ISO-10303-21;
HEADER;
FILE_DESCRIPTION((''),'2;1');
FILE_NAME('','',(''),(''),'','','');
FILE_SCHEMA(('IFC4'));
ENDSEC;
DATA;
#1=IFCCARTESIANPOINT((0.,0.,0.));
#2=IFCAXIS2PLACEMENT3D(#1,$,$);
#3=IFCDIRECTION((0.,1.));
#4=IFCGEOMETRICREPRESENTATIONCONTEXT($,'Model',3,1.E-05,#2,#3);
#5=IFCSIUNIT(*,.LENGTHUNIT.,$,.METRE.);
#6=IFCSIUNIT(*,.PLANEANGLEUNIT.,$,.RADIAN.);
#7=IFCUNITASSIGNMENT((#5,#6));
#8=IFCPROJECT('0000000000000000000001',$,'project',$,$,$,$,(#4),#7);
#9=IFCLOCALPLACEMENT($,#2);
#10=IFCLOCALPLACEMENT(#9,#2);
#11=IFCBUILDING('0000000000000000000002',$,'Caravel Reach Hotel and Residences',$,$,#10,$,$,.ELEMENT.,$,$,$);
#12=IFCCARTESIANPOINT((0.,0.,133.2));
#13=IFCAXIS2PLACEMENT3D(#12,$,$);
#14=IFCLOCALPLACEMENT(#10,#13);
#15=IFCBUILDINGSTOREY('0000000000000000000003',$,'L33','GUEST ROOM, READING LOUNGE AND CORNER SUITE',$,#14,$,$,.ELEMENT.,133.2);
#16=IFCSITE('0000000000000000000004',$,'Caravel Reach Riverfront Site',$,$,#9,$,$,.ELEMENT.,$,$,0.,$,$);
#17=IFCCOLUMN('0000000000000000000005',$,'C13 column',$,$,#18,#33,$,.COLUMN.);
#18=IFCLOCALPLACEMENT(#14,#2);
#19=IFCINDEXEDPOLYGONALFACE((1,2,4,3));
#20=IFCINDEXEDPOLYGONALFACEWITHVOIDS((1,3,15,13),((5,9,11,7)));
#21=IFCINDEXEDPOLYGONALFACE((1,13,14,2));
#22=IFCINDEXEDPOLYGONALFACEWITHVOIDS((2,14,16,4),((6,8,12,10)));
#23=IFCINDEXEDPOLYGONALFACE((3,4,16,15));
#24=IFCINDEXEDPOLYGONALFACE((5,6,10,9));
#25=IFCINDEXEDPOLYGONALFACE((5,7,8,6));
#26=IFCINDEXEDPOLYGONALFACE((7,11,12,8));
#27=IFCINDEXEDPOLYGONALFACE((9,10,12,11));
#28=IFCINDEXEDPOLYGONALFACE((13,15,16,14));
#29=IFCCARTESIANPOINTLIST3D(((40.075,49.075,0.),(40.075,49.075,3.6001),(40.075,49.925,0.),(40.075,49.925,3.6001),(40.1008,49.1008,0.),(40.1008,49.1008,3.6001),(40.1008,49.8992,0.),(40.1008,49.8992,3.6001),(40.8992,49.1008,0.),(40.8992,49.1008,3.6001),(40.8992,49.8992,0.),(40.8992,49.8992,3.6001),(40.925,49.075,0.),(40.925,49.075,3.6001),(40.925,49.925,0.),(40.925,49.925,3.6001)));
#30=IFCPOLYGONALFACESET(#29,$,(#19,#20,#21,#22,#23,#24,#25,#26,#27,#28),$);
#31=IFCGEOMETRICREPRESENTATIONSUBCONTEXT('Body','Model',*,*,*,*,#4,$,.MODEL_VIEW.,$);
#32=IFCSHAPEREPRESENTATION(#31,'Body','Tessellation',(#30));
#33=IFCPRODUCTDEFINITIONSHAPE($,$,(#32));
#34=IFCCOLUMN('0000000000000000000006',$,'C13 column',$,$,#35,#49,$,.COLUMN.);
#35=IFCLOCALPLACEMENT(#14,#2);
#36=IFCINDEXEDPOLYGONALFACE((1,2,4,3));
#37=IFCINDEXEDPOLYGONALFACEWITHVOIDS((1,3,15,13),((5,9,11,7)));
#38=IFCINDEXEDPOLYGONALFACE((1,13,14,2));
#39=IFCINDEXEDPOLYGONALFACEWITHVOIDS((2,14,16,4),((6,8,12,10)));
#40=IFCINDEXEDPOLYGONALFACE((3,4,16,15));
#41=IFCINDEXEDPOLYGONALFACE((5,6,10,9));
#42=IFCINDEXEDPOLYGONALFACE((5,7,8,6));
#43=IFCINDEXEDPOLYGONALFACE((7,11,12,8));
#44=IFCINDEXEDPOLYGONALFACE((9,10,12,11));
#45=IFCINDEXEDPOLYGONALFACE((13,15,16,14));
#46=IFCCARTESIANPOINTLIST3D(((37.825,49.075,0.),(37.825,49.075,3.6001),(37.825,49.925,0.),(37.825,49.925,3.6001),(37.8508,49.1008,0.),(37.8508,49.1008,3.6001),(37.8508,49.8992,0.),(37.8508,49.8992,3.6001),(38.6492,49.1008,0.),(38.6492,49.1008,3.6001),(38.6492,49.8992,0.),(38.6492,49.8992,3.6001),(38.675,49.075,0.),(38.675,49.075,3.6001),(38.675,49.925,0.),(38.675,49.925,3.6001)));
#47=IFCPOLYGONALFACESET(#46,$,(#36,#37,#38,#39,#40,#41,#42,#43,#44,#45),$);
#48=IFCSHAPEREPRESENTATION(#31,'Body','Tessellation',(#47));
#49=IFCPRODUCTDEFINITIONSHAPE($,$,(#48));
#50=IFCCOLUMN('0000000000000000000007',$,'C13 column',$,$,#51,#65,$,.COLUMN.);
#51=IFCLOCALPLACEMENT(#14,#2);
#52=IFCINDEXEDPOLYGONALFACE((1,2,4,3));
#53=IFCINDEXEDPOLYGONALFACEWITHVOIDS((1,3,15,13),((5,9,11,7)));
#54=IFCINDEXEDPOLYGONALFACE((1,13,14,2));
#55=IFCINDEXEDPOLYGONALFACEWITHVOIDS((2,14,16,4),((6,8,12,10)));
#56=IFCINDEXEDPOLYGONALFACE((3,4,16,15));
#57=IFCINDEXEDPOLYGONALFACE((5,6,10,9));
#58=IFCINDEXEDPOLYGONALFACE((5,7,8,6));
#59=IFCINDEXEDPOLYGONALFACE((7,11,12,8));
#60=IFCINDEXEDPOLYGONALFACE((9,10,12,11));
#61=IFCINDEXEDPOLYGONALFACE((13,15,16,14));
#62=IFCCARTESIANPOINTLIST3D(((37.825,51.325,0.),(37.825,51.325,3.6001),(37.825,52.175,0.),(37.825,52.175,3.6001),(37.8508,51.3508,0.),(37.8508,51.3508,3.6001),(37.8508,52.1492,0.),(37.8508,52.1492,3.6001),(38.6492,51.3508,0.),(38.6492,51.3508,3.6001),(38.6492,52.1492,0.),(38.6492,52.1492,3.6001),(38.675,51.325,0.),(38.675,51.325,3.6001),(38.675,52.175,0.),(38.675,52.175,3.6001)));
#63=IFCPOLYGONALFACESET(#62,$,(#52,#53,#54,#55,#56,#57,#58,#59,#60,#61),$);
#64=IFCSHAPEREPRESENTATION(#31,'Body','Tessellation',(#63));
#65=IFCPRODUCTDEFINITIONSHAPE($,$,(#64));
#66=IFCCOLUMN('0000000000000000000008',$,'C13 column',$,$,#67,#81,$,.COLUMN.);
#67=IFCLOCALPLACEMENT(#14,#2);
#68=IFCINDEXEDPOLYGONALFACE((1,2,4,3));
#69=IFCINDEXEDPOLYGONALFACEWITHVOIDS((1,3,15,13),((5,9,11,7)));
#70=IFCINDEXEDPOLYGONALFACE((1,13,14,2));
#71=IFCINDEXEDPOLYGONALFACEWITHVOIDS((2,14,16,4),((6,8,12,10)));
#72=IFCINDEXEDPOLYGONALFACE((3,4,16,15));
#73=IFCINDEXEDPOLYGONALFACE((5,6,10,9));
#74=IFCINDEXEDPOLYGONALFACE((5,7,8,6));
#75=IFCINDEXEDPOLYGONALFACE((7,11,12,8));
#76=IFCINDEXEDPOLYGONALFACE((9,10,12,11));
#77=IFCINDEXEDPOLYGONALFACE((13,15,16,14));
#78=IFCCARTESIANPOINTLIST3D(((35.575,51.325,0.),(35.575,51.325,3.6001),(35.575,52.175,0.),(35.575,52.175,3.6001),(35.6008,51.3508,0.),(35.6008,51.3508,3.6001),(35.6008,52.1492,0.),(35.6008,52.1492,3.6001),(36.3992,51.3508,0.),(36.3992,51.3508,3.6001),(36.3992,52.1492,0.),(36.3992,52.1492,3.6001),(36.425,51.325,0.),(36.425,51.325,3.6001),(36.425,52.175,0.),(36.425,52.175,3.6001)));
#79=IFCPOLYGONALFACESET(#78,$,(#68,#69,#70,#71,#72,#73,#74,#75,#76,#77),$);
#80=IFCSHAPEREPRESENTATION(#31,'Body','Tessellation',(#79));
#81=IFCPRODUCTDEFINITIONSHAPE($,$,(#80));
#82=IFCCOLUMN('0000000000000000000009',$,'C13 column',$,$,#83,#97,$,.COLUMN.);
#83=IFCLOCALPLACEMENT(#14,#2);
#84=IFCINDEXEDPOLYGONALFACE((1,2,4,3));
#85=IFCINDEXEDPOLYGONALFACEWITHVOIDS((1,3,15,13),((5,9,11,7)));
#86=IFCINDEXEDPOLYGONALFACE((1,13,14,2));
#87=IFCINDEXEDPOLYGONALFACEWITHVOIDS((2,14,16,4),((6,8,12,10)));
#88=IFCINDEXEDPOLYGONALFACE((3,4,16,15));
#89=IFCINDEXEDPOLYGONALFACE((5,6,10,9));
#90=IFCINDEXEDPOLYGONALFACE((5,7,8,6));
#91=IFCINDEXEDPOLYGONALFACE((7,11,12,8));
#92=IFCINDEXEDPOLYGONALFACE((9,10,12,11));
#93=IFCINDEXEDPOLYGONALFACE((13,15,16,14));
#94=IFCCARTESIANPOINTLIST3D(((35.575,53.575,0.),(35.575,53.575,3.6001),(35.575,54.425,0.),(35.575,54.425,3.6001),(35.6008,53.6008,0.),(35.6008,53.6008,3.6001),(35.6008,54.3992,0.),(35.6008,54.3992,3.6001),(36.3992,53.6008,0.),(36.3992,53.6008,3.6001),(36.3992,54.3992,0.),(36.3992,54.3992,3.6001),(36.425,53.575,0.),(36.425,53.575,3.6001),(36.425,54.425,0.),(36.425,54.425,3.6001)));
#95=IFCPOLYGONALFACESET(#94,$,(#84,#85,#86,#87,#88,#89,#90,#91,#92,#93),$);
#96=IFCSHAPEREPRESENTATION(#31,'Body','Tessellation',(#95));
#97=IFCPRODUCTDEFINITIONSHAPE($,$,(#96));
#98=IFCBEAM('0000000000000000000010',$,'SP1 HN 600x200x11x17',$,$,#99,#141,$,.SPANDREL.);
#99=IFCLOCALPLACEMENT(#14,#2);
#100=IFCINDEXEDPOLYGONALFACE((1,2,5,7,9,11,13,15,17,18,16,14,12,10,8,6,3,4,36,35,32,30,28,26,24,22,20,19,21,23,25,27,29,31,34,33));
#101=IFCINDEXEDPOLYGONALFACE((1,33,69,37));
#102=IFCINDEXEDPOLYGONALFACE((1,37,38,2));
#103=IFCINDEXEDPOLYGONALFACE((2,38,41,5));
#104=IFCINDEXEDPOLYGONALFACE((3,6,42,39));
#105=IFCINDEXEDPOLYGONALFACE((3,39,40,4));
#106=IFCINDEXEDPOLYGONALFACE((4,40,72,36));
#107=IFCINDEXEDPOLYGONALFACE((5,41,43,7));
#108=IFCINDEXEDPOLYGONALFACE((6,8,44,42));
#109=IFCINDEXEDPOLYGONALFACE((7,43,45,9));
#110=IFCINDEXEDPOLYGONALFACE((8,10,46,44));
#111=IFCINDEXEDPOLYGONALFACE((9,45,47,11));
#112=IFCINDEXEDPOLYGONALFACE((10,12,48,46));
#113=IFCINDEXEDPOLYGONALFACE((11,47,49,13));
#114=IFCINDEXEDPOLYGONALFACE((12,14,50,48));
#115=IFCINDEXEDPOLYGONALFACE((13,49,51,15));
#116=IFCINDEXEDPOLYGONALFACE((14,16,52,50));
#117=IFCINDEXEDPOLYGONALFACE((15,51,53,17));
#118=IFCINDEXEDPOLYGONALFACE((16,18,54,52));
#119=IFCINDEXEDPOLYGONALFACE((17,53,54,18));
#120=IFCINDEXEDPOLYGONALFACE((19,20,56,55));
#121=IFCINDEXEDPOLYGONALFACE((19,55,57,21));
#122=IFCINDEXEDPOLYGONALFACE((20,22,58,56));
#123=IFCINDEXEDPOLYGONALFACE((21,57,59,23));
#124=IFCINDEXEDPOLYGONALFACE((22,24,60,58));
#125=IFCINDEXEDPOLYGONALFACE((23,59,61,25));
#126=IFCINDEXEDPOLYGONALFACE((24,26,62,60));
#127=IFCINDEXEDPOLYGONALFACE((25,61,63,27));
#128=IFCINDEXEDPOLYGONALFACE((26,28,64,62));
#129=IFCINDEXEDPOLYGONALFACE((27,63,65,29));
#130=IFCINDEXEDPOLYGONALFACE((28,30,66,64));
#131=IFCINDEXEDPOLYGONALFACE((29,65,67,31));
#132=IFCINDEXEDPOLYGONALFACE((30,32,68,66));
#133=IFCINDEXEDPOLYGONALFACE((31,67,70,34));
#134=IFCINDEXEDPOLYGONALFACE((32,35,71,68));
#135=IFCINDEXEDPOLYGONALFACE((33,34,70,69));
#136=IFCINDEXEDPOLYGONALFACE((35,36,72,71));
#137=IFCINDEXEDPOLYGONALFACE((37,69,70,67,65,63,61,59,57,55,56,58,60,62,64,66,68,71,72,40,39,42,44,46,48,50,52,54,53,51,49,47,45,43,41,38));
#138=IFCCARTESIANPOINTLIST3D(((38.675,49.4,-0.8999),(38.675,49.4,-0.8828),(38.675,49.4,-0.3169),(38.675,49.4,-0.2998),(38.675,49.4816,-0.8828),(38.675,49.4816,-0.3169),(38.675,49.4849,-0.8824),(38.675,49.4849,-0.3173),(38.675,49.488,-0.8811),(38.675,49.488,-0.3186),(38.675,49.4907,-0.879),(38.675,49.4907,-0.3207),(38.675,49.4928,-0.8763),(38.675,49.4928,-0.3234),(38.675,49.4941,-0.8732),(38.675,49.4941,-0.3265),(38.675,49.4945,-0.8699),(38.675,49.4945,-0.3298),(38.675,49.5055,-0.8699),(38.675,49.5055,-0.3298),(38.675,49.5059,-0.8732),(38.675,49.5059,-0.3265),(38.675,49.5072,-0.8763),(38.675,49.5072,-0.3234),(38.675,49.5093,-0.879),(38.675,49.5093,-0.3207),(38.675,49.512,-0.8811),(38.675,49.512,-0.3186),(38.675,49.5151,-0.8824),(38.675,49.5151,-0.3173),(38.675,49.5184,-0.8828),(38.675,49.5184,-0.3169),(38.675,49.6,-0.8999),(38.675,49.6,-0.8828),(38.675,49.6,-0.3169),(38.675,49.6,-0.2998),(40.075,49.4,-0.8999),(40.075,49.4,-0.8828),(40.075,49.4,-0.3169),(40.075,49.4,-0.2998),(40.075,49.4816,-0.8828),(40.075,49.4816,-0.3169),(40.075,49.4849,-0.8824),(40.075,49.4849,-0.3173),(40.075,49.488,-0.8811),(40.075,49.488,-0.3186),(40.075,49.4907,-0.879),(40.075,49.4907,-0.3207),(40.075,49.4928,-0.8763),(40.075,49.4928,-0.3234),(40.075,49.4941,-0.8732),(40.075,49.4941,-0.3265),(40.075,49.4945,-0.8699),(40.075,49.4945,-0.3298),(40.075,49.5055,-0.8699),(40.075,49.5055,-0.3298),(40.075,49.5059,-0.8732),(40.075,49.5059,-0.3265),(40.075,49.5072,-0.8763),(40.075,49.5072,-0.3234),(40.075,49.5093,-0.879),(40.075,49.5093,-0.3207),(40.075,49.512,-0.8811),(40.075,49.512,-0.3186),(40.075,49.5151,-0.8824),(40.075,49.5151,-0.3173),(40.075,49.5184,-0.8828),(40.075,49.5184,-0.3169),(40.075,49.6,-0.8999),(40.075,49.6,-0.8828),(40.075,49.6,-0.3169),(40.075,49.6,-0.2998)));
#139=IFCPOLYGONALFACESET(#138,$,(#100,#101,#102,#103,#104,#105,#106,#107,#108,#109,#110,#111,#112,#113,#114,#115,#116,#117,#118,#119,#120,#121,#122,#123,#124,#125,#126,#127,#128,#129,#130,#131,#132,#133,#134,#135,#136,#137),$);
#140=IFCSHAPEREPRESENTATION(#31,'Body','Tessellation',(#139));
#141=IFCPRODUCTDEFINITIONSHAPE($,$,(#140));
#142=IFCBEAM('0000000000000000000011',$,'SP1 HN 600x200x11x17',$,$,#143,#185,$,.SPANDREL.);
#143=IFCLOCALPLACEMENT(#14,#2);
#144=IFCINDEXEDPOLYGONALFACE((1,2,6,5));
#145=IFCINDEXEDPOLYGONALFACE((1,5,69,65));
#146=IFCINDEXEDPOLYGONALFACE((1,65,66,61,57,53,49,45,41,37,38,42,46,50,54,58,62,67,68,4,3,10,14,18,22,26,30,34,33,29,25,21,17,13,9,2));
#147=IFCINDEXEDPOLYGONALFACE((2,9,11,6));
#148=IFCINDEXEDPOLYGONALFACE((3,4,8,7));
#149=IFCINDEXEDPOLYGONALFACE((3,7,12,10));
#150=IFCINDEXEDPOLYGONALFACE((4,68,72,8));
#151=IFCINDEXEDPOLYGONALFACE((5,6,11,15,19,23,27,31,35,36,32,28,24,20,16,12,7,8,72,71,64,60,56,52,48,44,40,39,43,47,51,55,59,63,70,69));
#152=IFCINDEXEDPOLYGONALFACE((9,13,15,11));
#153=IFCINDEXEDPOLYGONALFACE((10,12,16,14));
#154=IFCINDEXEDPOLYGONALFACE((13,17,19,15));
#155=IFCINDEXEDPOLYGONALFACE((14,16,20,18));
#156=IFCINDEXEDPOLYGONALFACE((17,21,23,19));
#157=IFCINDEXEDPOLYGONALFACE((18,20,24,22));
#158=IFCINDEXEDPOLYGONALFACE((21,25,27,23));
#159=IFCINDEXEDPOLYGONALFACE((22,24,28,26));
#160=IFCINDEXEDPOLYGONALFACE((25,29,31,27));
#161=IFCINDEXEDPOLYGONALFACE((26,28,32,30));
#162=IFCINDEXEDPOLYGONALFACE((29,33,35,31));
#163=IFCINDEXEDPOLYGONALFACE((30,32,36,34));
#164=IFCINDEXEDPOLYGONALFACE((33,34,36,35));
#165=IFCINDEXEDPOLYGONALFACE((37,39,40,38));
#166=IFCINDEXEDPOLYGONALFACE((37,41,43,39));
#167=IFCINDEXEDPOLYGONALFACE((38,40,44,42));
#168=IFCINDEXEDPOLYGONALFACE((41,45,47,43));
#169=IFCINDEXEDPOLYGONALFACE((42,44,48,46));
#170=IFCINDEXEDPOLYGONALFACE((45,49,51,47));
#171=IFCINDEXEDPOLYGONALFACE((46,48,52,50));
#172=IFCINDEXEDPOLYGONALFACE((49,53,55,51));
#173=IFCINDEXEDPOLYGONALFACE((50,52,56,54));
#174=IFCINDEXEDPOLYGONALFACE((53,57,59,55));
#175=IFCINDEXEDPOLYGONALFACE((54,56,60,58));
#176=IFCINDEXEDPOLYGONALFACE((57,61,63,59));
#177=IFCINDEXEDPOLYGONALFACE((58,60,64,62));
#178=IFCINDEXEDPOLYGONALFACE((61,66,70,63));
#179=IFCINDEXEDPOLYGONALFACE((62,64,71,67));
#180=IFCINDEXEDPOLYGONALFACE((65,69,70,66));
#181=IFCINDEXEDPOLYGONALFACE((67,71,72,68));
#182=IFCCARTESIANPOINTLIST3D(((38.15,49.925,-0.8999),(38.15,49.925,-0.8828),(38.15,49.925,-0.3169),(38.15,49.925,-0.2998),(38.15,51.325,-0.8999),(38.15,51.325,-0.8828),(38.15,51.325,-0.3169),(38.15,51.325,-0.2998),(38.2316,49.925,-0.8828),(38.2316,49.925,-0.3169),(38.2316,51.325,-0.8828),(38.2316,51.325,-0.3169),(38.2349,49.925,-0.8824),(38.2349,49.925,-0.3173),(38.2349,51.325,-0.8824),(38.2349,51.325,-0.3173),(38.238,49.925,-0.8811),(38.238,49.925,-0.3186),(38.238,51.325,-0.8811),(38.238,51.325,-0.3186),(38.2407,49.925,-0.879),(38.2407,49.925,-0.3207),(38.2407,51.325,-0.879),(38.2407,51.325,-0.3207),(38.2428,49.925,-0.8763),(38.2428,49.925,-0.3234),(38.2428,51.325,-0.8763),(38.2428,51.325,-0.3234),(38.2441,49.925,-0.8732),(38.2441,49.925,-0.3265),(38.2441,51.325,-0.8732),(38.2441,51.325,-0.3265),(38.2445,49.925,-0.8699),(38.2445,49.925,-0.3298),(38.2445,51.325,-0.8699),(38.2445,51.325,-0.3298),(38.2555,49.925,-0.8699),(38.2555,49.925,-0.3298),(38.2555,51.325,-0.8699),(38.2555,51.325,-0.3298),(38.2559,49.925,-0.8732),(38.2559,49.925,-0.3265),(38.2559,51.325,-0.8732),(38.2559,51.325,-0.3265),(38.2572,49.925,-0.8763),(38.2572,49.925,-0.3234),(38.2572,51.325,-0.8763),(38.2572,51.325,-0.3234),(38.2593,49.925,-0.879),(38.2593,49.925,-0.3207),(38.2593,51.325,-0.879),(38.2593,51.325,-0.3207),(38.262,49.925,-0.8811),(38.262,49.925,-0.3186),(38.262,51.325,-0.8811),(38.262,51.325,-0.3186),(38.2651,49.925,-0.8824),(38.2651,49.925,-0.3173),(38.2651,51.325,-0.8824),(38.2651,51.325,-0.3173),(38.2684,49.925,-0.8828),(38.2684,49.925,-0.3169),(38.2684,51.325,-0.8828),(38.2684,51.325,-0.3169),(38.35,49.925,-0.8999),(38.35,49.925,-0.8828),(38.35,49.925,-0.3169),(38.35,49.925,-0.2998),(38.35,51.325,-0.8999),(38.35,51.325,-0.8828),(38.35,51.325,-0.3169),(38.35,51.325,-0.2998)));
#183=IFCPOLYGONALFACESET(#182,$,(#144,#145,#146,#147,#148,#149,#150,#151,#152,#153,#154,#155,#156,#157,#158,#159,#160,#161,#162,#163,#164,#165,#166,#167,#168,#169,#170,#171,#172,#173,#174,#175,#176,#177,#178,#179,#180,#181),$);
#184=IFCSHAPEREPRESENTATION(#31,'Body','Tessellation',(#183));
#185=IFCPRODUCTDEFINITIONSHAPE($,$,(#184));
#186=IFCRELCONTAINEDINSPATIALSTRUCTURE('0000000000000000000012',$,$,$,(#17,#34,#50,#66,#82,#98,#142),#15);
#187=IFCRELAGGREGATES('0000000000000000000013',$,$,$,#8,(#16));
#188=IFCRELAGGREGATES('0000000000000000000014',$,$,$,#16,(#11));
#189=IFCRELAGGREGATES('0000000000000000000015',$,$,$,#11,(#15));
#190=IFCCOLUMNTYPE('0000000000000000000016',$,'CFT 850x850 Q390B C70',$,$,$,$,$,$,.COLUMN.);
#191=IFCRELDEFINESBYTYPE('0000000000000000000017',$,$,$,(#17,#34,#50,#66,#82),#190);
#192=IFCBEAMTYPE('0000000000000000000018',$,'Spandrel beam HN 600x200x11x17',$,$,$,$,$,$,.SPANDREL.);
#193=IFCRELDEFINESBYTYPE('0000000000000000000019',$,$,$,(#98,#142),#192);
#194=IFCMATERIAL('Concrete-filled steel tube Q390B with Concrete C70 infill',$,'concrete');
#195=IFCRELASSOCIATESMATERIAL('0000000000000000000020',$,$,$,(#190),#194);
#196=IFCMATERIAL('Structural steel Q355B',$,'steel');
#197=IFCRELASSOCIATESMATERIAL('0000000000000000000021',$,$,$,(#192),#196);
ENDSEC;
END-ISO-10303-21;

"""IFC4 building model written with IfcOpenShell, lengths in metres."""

from ifc_helpers import new_model, si_unit, direction, frame, origin, origin_2d, place, context, subcontext, project, spatial, hollow_rectangle, i_section, extrude, material, material_profile, profile_set, type_object, element, save


model = new_model("IFC4")

# Units and contexts
model_context = context("Model", 3, precision=1e-05, world=origin(), true_north=direction((0.0, 1.0)))
body_context = subcontext(model_context, "Body", "Model", "MODEL_VIEW")
ifc_project = project(units=[si_unit("LENGTHUNIT", "METRE"), si_unit("PLANEANGLEUNIT", "RADIAN")], contexts=[model_context])

# Site, building, storey
site_placement = place(None, origin())
site = spatial("IfcSite", under=ifc_project, at=site_placement, Name="Caravel Reach Riverfront Site", CompositionType="ELEMENT", RefElevation=0.0)
building_placement = place(site_placement, origin())
building = spatial("IfcBuilding", under=site, at=building_placement, Name="Caravel Reach Hotel and Residences", CompositionType="ELEMENT")
storey_placement = place(building_placement, frame((0.0, 0.0, 133.2)))
storey = spatial("IfcBuildingStorey", under=building, at=storey_placement, Name="L33", Description="GUEST ROOM, READING LOUNGE AND CORNER SUITE", CompositionType="ELEMENT", Elevation=133.2)

# Columns
ifc_material_1 = material(Name="Concrete-filled steel tube Q390B with Concrete C70 infill", Category="concrete")
ifc_material_profile_1 = material_profile(ifc_material_1, hollow_rectangle(XDim=0.8501, YDim=0.8501, WallThickness=0.0259, at=origin_2d()), Name="RHS 850x850x26")
ifc_profile_set_1 = profile_set([ifc_material_profile_1], Name="Concrete-filled steel tube Q390B with Concrete C70 infill")
column_type = type_object("IfcColumnType", Name="CFT 850x850 Q390B C70", PredefinedType="COLUMN", material=ifc_profile_set_1)
for number, where, z_axis, x_axis, name in (
    (1, (40.5, 49.5, 0.0), (0.0, 0.0, 1.0), (1.0, 0.0, 0.0), "C13 column"),
    (2, (38.25, 49.5, 0.0), (0.0, 0.0, 1.0), (1.0, 0.0, 0.0), "C13 column"),
    (3, (38.25, 51.75, 0.0), (0.0, 0.0, 1.0), (1.0, 0.0, 0.0), "C13 column"),
    (4, (36.0, 51.75, 0.0), (0.0, 0.0, 1.0), (1.0, 0.0, 0.0), "C13 column"),
    (5, (36.0, 54.0, 0.0), (0.0, 0.0, 1.0), (1.0, 0.0, 0.0), "C13 column"),
):
    element("IfcColumn", number, at=place(storey_placement, frame(where, z_axis=z_axis, x_axis=x_axis)), inside=storey, type_object=column_type, Name=name, PredefinedType="COLUMN", context=body_context, shape_type="SweptSolid", body=[
        extrude(hollow_rectangle(XDim=0.8501, YDim=0.8501, WallThickness=0.0259, at=origin_2d()), origin(), (0.0, 0.0, 1.0), 3.6001),
    ])

# Beams
ifc_material_2 = material(Name="Structural steel Q355B", Category="steel")
ifc_material_profile_2 = material_profile(ifc_material_2, i_section(OverallWidth=0.2, OverallDepth=0.6001, WebThickness=0.011, FlangeThickness=0.0171, FilletRadius=0.0129, at=origin_2d()), Name="HN 600x200x11x17")
ifc_profile_set_2 = profile_set([ifc_material_profile_2], Name="Structural steel Q355B")
beam_type = type_object("IfcBeamType", Name="Spandrel beam HN 600x200x11x17", PredefinedType="SPANDREL", material=ifc_profile_set_2)
for number, where, z_axis, x_axis, name in (
    (6, (40.075, 49.5, -0.5999), (-1.0, 0.0, 0.0), (0.0, -1.0, 0.0), "SP1 HN 600x200x11x17"),
    (7, (38.25, 49.925, -0.5999), (0.0, 1.0, 0.0), (-1.0, 0.0, 0.0), "SP1 HN 600x200x11x17"),
):
    element("IfcBeam", number, at=place(storey_placement, frame(where, z_axis=z_axis, x_axis=x_axis)), inside=storey, type_object=beam_type, Name=name, PredefinedType="SPANDREL", context=body_context, shape_type="SweptSolid", body=[
        extrude(i_section(OverallWidth=0.2, OverallDepth=0.6001, WebThickness=0.011, FlangeThickness=0.0171, FilletRadius=0.0129, at=origin_2d()), origin(), (0.0, 0.0, 1.0), 1.3999),
    ])

save(model, "model.ifc")
